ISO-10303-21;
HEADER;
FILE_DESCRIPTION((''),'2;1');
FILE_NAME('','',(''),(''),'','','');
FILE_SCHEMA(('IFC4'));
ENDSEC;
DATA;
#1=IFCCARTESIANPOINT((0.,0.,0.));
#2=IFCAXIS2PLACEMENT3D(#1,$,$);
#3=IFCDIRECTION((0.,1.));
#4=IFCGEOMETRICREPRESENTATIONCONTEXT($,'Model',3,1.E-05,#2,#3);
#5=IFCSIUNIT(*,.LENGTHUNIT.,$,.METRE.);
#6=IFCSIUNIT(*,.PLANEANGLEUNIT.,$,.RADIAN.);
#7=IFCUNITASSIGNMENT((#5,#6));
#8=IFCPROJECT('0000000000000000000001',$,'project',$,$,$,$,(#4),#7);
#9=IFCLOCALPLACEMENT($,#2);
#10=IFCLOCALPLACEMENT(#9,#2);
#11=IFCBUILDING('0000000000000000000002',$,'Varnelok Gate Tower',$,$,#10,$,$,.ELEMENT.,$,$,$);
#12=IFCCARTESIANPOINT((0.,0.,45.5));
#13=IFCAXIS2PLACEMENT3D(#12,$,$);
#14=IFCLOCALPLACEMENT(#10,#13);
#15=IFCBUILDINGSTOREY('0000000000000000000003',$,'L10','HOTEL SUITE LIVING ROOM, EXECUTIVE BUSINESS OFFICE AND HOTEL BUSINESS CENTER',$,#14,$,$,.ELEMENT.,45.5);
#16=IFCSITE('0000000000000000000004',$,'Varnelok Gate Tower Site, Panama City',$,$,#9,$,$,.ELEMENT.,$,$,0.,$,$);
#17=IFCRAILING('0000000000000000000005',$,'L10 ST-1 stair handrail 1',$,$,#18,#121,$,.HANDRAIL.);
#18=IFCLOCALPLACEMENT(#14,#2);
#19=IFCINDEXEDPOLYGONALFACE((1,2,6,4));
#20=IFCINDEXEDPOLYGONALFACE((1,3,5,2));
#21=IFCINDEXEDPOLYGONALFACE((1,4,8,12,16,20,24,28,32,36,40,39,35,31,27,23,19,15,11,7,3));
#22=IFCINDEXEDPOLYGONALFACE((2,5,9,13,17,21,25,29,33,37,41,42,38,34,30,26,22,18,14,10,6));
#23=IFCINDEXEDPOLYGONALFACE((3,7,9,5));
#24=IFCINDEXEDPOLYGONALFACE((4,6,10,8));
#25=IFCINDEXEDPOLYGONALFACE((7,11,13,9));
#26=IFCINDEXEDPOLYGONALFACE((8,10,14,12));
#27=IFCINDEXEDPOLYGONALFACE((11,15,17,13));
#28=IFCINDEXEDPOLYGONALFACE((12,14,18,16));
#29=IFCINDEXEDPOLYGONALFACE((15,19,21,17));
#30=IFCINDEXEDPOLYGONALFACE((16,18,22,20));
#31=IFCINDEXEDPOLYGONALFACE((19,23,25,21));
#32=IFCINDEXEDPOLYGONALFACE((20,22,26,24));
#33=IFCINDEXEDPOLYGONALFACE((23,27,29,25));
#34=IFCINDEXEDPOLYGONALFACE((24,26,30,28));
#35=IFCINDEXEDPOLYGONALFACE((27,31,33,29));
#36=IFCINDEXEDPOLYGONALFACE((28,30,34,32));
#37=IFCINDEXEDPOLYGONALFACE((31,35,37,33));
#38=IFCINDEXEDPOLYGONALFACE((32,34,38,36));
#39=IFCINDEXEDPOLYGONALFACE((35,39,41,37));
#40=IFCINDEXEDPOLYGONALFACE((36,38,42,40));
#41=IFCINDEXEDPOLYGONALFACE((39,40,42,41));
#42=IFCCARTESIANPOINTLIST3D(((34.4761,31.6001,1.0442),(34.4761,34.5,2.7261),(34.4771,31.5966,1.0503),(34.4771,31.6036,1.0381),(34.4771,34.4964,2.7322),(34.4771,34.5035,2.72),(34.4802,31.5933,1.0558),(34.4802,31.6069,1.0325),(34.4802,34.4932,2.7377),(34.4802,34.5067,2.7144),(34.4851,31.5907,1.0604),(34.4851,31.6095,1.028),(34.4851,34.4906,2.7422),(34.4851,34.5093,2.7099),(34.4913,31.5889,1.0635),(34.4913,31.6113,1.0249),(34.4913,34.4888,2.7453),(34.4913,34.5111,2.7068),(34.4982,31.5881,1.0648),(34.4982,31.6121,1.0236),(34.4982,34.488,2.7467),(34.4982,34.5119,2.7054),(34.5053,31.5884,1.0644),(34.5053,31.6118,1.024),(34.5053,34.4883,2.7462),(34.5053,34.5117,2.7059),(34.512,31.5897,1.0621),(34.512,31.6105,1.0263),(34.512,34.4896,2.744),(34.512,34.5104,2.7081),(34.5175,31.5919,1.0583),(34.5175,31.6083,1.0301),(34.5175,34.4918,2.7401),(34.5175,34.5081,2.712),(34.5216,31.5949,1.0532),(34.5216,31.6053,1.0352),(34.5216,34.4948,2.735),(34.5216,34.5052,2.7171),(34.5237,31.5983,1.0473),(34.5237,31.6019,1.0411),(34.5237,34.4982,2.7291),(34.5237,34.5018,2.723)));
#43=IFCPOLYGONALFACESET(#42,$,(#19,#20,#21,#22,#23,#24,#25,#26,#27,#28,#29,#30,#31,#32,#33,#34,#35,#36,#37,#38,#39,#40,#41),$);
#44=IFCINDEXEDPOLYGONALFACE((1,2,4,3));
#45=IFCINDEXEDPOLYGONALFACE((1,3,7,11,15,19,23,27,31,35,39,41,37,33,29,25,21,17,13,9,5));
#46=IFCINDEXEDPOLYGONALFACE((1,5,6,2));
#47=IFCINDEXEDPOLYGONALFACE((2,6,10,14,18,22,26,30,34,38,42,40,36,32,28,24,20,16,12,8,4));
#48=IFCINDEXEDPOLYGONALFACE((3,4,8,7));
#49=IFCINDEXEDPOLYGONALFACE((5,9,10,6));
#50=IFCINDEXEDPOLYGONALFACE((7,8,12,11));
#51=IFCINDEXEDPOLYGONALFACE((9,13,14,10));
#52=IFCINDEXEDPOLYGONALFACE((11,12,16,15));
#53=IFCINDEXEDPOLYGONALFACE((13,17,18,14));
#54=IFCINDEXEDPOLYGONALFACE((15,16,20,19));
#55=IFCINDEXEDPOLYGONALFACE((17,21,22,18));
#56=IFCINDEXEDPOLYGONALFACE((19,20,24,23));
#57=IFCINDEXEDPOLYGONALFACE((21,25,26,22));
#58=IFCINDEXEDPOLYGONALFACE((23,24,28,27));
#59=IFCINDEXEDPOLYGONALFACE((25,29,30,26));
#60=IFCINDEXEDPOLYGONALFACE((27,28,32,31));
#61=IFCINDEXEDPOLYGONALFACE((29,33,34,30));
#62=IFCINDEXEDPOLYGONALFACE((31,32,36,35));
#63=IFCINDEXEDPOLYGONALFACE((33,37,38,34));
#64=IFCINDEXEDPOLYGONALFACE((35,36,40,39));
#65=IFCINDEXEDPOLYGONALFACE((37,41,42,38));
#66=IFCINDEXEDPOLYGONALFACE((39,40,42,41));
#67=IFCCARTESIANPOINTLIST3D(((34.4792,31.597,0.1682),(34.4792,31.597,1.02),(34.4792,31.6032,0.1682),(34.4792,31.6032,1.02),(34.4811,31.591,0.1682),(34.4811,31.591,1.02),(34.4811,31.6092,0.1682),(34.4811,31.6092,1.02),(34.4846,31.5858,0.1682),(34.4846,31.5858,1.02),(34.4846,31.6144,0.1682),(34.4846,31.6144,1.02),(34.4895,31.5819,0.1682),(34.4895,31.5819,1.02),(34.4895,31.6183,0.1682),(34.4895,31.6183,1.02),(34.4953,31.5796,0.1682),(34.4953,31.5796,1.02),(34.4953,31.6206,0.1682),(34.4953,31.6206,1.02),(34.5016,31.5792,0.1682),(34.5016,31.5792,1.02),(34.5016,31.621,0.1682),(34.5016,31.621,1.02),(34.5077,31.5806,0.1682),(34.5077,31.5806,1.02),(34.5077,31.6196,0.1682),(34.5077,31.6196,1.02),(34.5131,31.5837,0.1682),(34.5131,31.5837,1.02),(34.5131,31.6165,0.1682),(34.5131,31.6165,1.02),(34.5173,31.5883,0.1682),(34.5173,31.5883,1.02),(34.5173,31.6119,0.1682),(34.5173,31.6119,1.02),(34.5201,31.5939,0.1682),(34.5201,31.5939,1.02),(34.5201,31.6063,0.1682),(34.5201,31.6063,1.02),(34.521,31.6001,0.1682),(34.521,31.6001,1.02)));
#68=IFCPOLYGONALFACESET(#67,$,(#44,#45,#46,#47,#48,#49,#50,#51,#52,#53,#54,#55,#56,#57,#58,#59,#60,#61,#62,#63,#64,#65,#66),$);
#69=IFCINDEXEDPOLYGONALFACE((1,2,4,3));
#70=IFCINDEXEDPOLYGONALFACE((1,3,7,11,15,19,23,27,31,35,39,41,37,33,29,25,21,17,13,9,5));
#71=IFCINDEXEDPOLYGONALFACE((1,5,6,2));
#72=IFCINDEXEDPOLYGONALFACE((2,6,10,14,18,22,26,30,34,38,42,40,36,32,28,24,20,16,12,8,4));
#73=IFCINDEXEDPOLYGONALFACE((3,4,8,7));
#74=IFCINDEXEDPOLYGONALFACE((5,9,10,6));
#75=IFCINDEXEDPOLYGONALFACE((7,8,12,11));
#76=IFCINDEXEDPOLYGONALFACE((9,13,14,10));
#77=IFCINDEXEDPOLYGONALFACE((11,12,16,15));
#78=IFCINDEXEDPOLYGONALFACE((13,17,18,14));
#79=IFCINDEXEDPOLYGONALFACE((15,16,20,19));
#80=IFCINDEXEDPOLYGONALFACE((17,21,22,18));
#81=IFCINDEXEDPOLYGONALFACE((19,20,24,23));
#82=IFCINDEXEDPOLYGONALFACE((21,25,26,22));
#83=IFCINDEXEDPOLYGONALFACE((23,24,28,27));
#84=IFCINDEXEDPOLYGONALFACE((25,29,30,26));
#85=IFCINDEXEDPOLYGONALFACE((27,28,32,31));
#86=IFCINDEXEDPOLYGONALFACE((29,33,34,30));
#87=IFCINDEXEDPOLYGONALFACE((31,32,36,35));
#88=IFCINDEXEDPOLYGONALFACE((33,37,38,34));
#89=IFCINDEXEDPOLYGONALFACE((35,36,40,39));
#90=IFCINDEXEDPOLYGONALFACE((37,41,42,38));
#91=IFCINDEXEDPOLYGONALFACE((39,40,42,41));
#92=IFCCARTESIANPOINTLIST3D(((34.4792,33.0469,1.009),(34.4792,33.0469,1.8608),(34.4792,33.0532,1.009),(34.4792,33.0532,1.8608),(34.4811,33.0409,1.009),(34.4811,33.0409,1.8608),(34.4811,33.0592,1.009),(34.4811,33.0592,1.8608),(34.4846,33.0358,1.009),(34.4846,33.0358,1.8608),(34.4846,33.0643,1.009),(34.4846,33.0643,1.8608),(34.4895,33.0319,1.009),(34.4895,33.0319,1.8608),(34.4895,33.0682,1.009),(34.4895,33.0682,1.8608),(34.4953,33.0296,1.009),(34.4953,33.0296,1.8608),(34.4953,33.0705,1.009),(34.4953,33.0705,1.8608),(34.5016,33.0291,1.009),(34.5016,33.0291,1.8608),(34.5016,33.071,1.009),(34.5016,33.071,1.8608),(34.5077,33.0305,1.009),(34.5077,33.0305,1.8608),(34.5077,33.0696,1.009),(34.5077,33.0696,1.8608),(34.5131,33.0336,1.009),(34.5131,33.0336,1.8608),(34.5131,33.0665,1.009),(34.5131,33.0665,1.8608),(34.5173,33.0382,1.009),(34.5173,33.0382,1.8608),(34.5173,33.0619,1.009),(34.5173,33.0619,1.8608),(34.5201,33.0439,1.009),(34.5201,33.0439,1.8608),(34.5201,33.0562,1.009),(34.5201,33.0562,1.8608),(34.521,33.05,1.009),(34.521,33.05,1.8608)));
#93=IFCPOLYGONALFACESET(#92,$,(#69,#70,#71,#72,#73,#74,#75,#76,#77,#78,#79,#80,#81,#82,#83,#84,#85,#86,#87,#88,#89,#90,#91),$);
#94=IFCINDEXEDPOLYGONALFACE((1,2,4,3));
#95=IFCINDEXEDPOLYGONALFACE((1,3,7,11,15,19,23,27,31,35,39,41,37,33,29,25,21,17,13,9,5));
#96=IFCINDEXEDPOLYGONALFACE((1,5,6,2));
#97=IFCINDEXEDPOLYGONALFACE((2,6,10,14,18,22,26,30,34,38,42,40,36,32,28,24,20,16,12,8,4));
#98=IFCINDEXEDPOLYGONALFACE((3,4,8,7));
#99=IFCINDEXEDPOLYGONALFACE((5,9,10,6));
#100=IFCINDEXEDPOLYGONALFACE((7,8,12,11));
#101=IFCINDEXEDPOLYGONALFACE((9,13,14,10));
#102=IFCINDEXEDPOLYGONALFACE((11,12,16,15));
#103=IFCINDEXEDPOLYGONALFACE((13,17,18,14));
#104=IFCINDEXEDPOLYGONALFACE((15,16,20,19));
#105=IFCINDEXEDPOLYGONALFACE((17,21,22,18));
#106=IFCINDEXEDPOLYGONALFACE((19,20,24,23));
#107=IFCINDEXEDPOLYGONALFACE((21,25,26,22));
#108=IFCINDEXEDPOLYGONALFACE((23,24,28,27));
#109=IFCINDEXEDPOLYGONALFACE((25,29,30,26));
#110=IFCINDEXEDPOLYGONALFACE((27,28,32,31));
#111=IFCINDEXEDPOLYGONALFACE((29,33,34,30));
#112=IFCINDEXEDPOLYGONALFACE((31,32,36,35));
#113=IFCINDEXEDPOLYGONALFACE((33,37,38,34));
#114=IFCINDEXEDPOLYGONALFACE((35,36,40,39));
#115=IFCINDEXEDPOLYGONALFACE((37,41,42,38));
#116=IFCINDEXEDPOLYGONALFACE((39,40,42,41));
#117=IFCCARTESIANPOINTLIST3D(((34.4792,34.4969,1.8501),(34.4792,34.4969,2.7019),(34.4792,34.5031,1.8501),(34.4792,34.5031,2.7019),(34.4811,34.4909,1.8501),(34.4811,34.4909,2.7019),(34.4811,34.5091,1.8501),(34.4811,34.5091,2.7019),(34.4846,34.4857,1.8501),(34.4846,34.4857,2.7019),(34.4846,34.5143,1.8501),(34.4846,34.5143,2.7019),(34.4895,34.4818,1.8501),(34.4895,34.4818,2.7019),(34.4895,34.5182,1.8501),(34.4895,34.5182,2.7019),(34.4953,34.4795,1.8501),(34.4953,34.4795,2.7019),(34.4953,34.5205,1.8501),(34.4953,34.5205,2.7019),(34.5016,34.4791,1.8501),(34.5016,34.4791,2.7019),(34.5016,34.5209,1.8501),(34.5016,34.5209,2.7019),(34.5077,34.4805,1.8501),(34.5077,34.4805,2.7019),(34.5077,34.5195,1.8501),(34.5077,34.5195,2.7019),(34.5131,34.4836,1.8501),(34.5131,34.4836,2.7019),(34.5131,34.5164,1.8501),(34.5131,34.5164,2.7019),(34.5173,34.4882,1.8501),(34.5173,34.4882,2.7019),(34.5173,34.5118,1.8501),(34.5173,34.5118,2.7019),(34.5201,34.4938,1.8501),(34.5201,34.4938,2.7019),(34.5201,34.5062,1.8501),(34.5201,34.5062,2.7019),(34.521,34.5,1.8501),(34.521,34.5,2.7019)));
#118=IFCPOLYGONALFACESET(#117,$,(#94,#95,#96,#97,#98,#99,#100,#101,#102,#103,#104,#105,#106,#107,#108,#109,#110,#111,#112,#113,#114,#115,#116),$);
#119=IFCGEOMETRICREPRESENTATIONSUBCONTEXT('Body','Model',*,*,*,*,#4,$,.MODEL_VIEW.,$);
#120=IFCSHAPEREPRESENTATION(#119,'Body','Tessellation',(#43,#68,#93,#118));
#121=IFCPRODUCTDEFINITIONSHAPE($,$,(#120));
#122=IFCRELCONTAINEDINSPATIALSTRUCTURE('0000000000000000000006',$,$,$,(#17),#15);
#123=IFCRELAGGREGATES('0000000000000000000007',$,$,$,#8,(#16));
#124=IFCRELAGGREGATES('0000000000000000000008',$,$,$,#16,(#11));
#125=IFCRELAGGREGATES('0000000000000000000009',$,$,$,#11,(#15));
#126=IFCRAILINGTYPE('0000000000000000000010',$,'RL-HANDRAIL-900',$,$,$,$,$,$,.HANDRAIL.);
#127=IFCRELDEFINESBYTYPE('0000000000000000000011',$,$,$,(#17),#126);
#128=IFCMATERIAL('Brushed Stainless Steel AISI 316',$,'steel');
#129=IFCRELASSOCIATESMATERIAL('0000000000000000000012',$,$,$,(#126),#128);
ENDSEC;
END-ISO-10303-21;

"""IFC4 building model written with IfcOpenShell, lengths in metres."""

from ifc_helpers import new_model, si_unit, direction, frame, origin, origin_2d, place, context, subcontext, project, spatial, circle, extrude, material, type_object, element, save


model = new_model("IFC4")

# Units and contexts
model_context = context("Model", 3, precision=1e-05, world=origin(), true_north=direction((0.0, 1.0)))
body_context = subcontext(model_context, "Body", "Model", "MODEL_VIEW")
ifc_project = project(units=[si_unit("LENGTHUNIT", "METRE"), si_unit("PLANEANGLEUNIT", "RADIAN")], contexts=[model_context])

# Site, building, storey
site_placement = place(None, origin())
site = spatial("IfcSite", under=ifc_project, at=site_placement, Name="Varnelok Gate Tower Site, Panama City", CompositionType="ELEMENT", RefElevation=0.0)
building_placement = place(site_placement, origin())
building = spatial("IfcBuilding", under=site, at=building_placement, Name="Varnelok Gate Tower", CompositionType="ELEMENT")
storey_placement = place(building_placement, frame((0.0, 0.0, 45.5)))
storey = spatial("IfcBuildingStorey", under=building, at=storey_placement, Name="L10", Description="HOTEL SUITE LIVING ROOM, EXECUTIVE BUSINESS OFFICE AND HOTEL BUSINESS CENTER", CompositionType="ELEMENT", Elevation=45.5)

# Railing
ifc_material_1 = material(Name="Brushed Stainless Steel AISI 316", Category="steel")
railing_type_1 = type_object("IfcRailingType", Name="RL-HANDRAIL-900", PredefinedType="HANDRAIL", material=ifc_material_1)
railing_1_placement = place(storey_placement, frame((34.5, 31.6001, 0.1682)))
element("IfcRailing", 1, at=railing_1_placement, inside=storey, type_object=railing_type_1, Name="L10 ST-1 stair handrail 1", PredefinedType="HANDRAIL", context=body_context, shape_type="SweptSolid", body=[
    extrude(circle(Radius=0.0239, at=origin_2d()), frame((0.0, 0.0, 0.876), z_axis=(0.0, 0.865039, 0.501705), x_axis=(-1.0, 0.0, 0.0)), (0.0, 0.0, 1.0), 3.3523),
    extrude(circle(Radius=0.021, at=origin_2d()), origin(), (0.0, 0.0, 1.0), 0.8518),
    extrude(circle(Radius=0.021, at=origin_2d()), frame((0.0, 1.45, 0.8408)), (0.0, 0.0, 1.0), 0.8518),
    extrude(circle(Radius=0.021, at=origin_2d()), frame((0.0, 2.8999, 1.6819)), (0.0, 0.0, 1.0), 0.8518),
])

save(model, "model.ifc")
